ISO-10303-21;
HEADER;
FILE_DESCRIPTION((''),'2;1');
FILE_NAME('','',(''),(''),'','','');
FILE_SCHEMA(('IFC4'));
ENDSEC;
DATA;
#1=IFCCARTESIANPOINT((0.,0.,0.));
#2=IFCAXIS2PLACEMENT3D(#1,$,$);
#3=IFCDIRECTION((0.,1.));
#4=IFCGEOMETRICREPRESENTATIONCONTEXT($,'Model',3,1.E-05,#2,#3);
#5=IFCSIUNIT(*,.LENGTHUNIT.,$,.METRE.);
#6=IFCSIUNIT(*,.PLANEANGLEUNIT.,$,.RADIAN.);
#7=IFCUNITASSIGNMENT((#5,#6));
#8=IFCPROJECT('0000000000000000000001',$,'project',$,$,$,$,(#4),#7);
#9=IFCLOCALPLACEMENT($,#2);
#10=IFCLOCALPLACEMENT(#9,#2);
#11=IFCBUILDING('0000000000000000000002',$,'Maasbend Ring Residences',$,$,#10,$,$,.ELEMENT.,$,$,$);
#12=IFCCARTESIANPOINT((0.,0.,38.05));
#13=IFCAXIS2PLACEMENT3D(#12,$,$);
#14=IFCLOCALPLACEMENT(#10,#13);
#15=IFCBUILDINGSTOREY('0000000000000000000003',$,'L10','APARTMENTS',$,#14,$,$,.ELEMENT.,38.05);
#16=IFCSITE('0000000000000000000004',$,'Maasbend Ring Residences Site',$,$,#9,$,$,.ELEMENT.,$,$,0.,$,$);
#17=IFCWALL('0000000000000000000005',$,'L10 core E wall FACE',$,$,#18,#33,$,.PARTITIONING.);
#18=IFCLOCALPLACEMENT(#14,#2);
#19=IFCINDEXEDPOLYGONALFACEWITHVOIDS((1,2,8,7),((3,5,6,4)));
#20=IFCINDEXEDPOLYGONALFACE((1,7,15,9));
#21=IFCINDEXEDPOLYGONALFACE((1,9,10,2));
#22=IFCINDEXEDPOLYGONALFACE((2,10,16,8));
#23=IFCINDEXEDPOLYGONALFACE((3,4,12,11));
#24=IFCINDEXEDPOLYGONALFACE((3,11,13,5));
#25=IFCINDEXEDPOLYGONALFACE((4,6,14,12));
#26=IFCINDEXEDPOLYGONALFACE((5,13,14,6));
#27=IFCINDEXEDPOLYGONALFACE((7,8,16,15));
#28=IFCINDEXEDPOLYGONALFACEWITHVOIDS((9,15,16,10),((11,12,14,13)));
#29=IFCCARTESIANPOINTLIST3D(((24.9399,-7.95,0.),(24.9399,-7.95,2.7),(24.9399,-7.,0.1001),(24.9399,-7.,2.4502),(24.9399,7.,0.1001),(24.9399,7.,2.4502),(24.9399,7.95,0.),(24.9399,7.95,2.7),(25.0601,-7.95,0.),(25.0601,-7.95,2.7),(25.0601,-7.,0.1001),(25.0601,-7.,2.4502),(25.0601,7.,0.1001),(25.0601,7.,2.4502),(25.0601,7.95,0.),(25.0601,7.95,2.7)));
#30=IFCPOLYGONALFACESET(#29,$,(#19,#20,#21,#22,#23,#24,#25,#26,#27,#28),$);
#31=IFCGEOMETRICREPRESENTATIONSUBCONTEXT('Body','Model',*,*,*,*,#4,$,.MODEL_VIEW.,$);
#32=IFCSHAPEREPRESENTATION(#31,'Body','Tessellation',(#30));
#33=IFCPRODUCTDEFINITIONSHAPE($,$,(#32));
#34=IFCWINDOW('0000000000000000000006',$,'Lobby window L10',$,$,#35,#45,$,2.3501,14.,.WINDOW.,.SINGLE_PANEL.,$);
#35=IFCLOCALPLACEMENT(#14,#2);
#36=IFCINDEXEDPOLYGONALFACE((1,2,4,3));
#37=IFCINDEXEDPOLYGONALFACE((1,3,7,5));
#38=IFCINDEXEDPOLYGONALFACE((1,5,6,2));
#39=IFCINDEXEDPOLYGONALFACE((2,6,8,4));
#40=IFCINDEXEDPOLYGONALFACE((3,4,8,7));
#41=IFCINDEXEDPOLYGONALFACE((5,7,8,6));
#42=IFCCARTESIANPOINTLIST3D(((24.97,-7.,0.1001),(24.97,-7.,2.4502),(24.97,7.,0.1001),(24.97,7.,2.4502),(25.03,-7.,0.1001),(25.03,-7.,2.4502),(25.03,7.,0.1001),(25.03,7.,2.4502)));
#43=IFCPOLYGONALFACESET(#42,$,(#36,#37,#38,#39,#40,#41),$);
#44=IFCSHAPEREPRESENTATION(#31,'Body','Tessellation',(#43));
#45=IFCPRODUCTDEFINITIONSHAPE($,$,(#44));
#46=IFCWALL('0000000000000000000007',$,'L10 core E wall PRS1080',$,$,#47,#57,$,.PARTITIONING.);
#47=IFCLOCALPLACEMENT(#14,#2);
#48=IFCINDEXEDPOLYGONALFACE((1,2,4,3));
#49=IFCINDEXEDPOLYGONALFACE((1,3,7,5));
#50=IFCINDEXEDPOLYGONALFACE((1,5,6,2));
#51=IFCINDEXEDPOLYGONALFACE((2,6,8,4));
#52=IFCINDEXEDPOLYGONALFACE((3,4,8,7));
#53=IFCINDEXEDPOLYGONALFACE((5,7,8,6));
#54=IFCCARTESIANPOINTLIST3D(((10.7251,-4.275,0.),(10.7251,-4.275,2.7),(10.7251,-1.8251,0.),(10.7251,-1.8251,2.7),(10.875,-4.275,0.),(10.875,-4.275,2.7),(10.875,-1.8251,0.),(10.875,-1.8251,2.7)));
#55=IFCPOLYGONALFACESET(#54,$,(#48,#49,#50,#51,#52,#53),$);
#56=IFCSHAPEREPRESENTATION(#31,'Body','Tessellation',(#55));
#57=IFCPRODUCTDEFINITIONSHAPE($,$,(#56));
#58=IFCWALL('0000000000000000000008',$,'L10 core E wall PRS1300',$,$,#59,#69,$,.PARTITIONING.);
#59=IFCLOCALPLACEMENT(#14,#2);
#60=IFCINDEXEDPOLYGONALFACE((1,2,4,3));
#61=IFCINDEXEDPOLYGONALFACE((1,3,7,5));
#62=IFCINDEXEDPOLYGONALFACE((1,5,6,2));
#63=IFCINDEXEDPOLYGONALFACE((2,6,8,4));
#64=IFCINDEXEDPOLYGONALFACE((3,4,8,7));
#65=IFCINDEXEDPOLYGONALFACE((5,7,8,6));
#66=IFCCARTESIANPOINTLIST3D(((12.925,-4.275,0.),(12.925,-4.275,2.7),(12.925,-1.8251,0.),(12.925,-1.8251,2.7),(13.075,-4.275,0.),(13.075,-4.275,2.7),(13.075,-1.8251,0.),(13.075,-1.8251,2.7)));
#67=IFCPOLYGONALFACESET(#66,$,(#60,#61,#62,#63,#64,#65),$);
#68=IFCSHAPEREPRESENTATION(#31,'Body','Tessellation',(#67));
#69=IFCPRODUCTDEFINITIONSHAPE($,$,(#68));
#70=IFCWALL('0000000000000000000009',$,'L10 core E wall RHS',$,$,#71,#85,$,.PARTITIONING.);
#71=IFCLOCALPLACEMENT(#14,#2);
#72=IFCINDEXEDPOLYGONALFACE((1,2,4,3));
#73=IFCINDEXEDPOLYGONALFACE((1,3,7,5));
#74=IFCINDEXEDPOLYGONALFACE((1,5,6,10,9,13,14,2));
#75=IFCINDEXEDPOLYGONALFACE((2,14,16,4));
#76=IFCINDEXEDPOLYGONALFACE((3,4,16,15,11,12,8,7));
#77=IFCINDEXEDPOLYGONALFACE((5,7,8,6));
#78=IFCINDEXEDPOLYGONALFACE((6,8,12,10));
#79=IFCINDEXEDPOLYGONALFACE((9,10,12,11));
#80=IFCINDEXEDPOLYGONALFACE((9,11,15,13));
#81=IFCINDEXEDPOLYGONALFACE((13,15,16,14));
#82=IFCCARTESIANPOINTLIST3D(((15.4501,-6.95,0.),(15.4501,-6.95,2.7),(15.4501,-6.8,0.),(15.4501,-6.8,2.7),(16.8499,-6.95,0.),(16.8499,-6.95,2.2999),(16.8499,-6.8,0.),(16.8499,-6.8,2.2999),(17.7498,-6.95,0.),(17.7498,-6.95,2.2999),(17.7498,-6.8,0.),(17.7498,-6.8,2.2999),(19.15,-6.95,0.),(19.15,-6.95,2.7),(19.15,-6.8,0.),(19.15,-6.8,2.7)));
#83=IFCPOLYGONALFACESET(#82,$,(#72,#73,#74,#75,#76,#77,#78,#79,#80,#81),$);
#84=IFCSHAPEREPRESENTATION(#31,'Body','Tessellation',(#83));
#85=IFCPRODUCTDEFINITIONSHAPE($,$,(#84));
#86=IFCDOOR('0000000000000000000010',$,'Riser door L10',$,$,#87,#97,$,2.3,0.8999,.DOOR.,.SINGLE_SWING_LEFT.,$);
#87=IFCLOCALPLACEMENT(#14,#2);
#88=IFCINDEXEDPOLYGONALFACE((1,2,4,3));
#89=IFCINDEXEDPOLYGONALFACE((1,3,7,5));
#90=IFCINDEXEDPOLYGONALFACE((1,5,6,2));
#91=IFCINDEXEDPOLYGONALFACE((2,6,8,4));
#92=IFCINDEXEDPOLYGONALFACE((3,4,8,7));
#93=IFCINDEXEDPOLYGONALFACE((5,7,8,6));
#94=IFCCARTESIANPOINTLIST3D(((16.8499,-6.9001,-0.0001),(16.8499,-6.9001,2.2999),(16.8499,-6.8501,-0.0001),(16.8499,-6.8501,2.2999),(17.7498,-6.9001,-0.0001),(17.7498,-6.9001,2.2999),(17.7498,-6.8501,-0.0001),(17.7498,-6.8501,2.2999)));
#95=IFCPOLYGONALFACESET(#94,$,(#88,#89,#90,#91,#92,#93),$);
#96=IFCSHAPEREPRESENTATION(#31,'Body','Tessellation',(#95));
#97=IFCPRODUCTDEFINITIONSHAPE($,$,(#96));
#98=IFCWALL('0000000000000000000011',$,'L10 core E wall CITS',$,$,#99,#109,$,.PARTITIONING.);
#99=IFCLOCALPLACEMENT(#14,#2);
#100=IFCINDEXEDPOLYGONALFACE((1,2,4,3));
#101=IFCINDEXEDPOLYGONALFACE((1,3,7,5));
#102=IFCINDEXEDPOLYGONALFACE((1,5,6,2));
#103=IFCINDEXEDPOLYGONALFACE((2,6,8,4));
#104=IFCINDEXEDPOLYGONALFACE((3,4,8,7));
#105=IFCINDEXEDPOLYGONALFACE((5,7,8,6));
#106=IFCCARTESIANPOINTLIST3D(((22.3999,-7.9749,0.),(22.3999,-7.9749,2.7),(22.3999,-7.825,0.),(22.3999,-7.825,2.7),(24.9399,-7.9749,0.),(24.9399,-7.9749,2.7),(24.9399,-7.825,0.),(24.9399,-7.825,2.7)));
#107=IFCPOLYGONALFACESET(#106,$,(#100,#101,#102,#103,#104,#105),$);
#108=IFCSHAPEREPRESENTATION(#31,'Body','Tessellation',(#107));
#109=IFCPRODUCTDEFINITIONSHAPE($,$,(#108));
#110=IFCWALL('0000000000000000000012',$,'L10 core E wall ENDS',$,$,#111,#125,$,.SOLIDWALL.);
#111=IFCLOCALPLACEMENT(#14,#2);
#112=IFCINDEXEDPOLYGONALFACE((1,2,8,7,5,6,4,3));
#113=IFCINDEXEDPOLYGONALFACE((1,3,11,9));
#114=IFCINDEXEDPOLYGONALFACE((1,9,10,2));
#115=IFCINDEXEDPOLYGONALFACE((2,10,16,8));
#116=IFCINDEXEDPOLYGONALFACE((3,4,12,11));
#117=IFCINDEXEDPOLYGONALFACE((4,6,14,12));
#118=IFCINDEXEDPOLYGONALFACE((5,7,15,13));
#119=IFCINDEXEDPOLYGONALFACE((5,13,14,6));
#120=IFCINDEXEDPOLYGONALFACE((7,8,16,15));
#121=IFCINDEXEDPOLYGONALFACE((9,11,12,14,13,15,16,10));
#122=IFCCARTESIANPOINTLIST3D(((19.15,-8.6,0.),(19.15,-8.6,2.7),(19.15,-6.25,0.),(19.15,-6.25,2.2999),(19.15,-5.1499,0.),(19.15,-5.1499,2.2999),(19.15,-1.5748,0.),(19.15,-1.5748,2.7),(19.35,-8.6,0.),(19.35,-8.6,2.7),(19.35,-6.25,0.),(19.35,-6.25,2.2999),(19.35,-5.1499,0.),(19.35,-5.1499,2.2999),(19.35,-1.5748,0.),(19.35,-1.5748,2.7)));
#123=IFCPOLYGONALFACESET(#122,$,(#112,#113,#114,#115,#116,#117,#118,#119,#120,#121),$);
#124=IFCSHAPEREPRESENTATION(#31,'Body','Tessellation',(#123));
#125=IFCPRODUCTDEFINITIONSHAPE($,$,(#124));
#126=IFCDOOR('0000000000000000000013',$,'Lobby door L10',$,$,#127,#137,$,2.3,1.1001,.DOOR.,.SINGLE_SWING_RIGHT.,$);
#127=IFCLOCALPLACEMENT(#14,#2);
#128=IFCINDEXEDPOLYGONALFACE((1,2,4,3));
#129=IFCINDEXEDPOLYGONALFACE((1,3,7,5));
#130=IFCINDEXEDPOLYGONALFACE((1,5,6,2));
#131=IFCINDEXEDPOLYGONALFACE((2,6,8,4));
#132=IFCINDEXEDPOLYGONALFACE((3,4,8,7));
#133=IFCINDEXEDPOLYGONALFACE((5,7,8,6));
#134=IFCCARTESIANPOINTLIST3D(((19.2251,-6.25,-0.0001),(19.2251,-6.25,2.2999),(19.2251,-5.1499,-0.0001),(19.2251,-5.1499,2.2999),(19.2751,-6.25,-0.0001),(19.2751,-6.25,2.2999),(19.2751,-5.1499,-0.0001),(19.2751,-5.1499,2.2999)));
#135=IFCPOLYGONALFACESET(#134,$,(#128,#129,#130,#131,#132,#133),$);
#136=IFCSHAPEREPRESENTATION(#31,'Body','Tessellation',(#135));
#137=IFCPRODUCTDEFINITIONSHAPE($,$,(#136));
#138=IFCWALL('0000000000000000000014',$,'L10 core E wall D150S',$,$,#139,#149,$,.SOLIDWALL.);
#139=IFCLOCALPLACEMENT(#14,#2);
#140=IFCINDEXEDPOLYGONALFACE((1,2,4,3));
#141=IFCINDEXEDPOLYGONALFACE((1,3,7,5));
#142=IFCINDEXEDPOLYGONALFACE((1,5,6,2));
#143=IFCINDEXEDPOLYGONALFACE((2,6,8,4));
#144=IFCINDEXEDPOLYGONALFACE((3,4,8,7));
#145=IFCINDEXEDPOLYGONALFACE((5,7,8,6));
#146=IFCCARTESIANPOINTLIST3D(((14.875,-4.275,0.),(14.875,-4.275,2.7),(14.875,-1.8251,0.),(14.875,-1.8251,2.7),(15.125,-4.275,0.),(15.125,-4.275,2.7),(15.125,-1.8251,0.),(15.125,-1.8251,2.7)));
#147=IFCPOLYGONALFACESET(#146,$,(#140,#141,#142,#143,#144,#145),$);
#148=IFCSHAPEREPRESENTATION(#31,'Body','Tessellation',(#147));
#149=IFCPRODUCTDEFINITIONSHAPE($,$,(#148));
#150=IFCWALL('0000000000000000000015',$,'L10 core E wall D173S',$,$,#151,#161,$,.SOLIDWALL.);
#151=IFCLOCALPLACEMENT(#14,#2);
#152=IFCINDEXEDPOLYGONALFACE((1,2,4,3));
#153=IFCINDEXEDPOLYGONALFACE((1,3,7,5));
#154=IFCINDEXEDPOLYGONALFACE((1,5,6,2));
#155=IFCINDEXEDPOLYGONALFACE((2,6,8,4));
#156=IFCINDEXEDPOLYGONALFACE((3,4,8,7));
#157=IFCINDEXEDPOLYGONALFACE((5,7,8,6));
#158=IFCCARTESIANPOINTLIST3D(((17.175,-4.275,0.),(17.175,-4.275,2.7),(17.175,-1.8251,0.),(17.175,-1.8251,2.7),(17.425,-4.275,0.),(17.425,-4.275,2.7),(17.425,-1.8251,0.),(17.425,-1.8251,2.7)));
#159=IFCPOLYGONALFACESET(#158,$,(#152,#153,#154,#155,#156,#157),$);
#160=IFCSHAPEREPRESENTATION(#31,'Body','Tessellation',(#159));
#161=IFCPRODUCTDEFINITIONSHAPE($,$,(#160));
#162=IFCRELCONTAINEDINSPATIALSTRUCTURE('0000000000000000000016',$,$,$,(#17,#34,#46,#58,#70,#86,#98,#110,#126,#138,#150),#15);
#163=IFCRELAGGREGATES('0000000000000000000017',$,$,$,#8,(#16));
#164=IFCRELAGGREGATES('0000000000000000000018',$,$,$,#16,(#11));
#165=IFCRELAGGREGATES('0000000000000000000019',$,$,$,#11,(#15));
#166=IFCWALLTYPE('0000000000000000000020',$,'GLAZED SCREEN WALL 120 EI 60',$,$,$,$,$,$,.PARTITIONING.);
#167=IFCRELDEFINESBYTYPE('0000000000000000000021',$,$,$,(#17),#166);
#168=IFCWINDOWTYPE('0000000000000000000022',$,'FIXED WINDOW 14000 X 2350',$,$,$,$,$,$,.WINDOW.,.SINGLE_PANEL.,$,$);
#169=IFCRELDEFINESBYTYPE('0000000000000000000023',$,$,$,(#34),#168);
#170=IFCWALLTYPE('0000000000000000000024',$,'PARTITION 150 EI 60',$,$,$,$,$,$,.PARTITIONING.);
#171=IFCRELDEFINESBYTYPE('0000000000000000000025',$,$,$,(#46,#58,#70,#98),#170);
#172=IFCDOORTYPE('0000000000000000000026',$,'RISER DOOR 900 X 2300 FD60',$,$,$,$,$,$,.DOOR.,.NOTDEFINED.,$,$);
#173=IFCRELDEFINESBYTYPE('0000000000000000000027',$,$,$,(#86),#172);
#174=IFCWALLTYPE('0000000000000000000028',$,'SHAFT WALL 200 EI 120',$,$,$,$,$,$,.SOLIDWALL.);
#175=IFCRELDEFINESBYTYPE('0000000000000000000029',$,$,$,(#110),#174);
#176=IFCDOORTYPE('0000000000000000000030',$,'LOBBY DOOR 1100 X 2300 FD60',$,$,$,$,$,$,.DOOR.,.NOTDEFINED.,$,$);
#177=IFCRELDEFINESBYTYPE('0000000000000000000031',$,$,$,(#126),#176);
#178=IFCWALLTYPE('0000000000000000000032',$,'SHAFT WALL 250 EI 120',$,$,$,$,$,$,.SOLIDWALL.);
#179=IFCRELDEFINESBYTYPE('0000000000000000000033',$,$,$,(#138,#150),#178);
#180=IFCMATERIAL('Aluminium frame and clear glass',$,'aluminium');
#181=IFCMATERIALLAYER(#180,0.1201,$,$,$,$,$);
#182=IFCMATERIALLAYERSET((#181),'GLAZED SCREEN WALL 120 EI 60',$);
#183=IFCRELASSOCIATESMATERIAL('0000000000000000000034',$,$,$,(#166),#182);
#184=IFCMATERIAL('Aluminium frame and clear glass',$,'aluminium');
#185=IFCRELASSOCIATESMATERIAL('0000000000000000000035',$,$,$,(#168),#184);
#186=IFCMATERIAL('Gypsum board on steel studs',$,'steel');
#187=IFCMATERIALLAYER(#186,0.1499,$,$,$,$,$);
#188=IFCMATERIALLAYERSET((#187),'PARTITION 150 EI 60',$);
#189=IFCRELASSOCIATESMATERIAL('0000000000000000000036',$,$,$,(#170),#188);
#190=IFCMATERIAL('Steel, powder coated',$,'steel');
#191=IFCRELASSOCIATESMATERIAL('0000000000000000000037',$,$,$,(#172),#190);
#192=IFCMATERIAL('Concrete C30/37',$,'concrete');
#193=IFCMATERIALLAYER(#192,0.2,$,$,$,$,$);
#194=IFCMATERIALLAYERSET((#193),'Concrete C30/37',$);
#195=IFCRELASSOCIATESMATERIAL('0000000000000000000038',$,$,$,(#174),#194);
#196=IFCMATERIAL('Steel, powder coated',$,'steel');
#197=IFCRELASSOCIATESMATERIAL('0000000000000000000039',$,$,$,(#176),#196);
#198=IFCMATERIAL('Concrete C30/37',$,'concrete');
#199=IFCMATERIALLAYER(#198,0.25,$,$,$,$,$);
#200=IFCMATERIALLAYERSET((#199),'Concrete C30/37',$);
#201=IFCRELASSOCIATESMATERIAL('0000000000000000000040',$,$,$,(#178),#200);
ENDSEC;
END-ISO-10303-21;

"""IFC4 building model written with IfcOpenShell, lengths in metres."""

from ifc_helpers import new_model, si_unit, direction, frame, frame_2d, origin, place, context, subcontext, project, spatial, rectangle, extrude, material, layer, layer_set, type_object, element, fill, save


model = new_model("IFC4")

# Units and contexts
model_context = context("Model", 3, precision=1e-05, world=origin(), true_north=direction((0.0, 1.0)))
body_context = subcontext(model_context, "Body", "Model", "MODEL_VIEW")
ifc_project = project(units=[si_unit("LENGTHUNIT", "METRE"), si_unit("PLANEANGLEUNIT", "RADIAN")], contexts=[model_context])

# Site, building, storey
site_placement = place(None, origin())
site = spatial("IfcSite", under=ifc_project, at=site_placement, Name="Maasbend Ring Residences Site", CompositionType="ELEMENT", RefElevation=0.0)
building_placement = place(site_placement, origin())
building = spatial("IfcBuilding", under=site, at=building_placement, Name="Maasbend Ring Residences", CompositionType="ELEMENT")
storey_placement = place(building_placement, frame((0.0, 0.0, 38.05)))
storey = spatial("IfcBuildingStorey", under=building, at=storey_placement, Name="L10", Description="APARTMENTS", CompositionType="ELEMENT", Elevation=38.05)

# Wall, opening, window
ifc_material_1 = material(Name="Aluminium frame and clear glass", Category="aluminium")
ifc_layer_1 = layer(ifc_material_1, 0.1201)
ifc_layer_set_1 = layer_set([ifc_layer_1], Name="GLAZED SCREEN WALL 120 EI 60")
wall_type_1 = type_object("IfcWallType", Name="GLAZED SCREEN WALL 120 EI 60", PredefinedType="PARTITIONING", material=ifc_layer_set_1)
wall_1_placement = place(storey_placement, frame((25.0, -7.95, 0.0), z_axis=(0.0, 0.0, 1.0), x_axis=(0.0, 1.0, 0.0)))
wall_1 = element("IfcWall", 1, at=wall_1_placement, inside=storey, type_object=wall_type_1, Name="L10 core E wall FACE", PredefinedType="PARTITIONING", context=body_context, shape_type="SweptSolid", body=[
    extrude(rectangle(XDim=15.8999, YDim=0.1201, at=frame_2d((7.95, 0.0))), origin(), (0.0, 0.0, 1.0), 2.7),
])
opening_1_placement = place(wall_1_placement, frame((0.95, 0.0, 0.1001)))
opening_1 = element("IfcOpeningElement", 2, at=opening_1_placement, cuts=wall_1, PredefinedType="OPENING", context=body_context, shape_type="SweptSolid", body=[
    extrude(rectangle(XDim=14.0, YDim=2.3501, at=frame_2d((7.0, 1.175))), frame((0.0, 0.0701, 0.0), z_axis=(0.0, -1.0, 0.0), x_axis=(1.0, 0.0, 0.0)), (0.0, 0.0, 1.0), 0.1401),
])
ifc_material_2 = material(Name="Aluminium frame and clear glass", Category="aluminium")
window_type = type_object("IfcWindowType", Name="FIXED WINDOW 14000 X 2350", PartitioningType="SINGLE_PANEL", PredefinedType="WINDOW", material=ifc_material_2)
window_placement = place(opening_1_placement, origin())
window = element("IfcWindow", 3, at=window_placement, inside=storey, type_object=window_type, Name="Lobby window L10", OverallHeight=2.3501, OverallWidth=14.0, PartitioningType="SINGLE_PANEL", PredefinedType="WINDOW", context=body_context, shape_type="SweptSolid", body=[
    extrude(rectangle(XDim=14.0, YDim=2.3501, at=frame_2d((7.0, 1.175))), frame((0.0, 0.03, 0.0), z_axis=(0.0, -1.0, 0.0), x_axis=(1.0, 0.0, 0.0)), (0.0, 0.0, 1.0), 0.0601),
])
fill(opening_1, window)

# Walls
ifc_material_3 = material(Name="Gypsum board on steel studs", Category="steel")
ifc_layer_2 = layer(ifc_material_3, 0.1499)
ifc_layer_set_2 = layer_set([ifc_layer_2], Name="PARTITION 150 EI 60")
wall_type_2 = type_object("IfcWallType", Name="PARTITION 150 EI 60", PredefinedType="PARTITIONING", material=ifc_layer_set_2)
for number, where, z_axis, x_axis, name in (
    (4, (10.8, -1.825, 0.0), (0.0, 0.0, 1.0), (0.0, -1.0, 0.0), "L10 core E wall PRS1080"),
    (5, (13.0, -1.825, 0.0), (0.0, 0.0, 1.0), (0.0, -1.0, 0.0), "L10 core E wall PRS1300"),
):
    element("IfcWall", number, at=place(storey_placement, frame(where, z_axis=z_axis, x_axis=x_axis)), inside=storey, type_object=wall_type_2, Name=name, PredefinedType="PARTITIONING", context=body_context, shape_type="SweptSolid", body=[
        extrude(rectangle(XDim=2.45, YDim=0.1499, at=frame_2d((1.2251, 0.0))), origin(), (0.0, 0.0, 1.0), 2.7),
    ])

# Wall, opening, door
wall_2_placement = place(storey_placement, frame((15.45, -6.875, 0.0), z_axis=(0.0, 0.0, 1.0), x_axis=(1.0, 0.0, 0.0)))
wall_2 = element("IfcWall", 6, at=wall_2_placement, inside=storey, type_object=wall_type_2, Name="L10 core E wall RHS", PredefinedType="PARTITIONING", context=body_context, shape_type="SweptSolid", body=[
    extrude(rectangle(XDim=3.7, YDim=0.1499, at=frame_2d((1.8501, 0.0))), origin(), (0.0, 0.0, 1.0), 2.7),
])
opening_2_placement = place(wall_2_placement, frame((1.3999, 0.0, 0.0)))
opening_2 = element("IfcOpeningElement", 7, at=opening_2_placement, cuts=wall_2, PredefinedType="OPENING", context=body_context, shape_type="SweptSolid", body=[
    extrude(rectangle(XDim=0.8999, YDim=2.3, at=frame_2d((0.45, 1.1499))), frame((0.0, 0.085, 0.0), z_axis=(0.0, -1.0, 0.0), x_axis=(1.0, 0.0, 0.0)), (0.0, 0.0, 1.0), 0.1699),
])
ifc_material_4 = material(Name="Steel, powder coated", Category="steel")
door_type_1 = type_object("IfcDoorType", Name="RISER DOOR 900 X 2300 FD60", OperationType="NOTDEFINED", PredefinedType="DOOR", material=ifc_material_4)
door_1_placement = place(opening_2_placement, origin())
door_1 = element("IfcDoor", 8, at=door_1_placement, inside=storey, type_object=door_type_1, Name="Riser door L10", OperationType="SINGLE_SWING_LEFT", OverallHeight=2.3, OverallWidth=0.8999, PredefinedType="DOOR", context=body_context, shape_type="SweptSolid", body=[
    extrude(rectangle(XDim=0.8999, YDim=2.3, at=frame_2d((0.45, 1.1499))), frame((0.0, 0.0249, 0.0), z_axis=(0.0, -1.0, 0.0), x_axis=(1.0, 0.0, 0.0)), (0.0, 0.0, 1.0), 0.05),
])
fill(opening_2, door_1)

# Wall
wall_3_placement = place(storey_placement, frame((22.3999, -7.8999, 0.0), z_axis=(0.0, 0.0, 1.0), x_axis=(1.0, 0.0, 0.0)))
element("IfcWall", 9, at=wall_3_placement, inside=storey, type_object=wall_type_2, Name="L10 core E wall CITS", PredefinedType="PARTITIONING", context=body_context, shape_type="SweptSolid", body=[
    extrude(rectangle(XDim=2.54, YDim=0.1499, at=frame_2d((1.27, 0.0))), origin(), (0.0, 0.0, 1.0), 2.7),
])

# Wall, opening, door
ifc_material_5 = material(Name="Concrete C30/37", Category="concrete")
ifc_layer_3 = layer(ifc_material_5, 0.2)
ifc_layer_set_3 = layer_set([ifc_layer_3], Name="Concrete C30/37")
wall_type_3 = type_object("IfcWallType", Name="SHAFT WALL 200 EI 120", PredefinedType="SOLIDWALL", material=ifc_layer_set_3)
wall_4_placement = place(storey_placement, frame((19.25, -8.6001, 0.0), z_axis=(0.0, 0.0, 1.0), x_axis=(0.0, 1.0, 0.0)))
wall_4 = element("IfcWall", 10, at=wall_4_placement, inside=storey, type_object=wall_type_3, Name="L10 core E wall ENDS", PredefinedType="SOLIDWALL", context=body_context, shape_type="SweptSolid", body=[
    extrude(rectangle(XDim=7.0251, YDim=0.2, at=frame_2d((3.5127, 0.0))), origin(), (0.0, 0.0, 1.0), 2.7),
])
opening_3_placement = place(wall_4_placement, frame((2.3501, 0.0, 0.0)))
opening_3 = element("IfcOpeningElement", 11, at=opening_3_placement, cuts=wall_4, PredefinedType="OPENING", context=body_context, shape_type="SweptSolid", body=[
    extrude(rectangle(XDim=1.1001, YDim=2.3, at=frame_2d((0.55, 1.1499))), frame((0.0, 0.1099, 0.0), z_axis=(0.0, -1.0, 0.0), x_axis=(1.0, 0.0, 0.0)), (0.0, 0.0, 1.0), 0.22),
])
ifc_material_6 = material(Name="Steel, powder coated", Category="steel")
door_type_2 = type_object("IfcDoorType", Name="LOBBY DOOR 1100 X 2300 FD60", OperationType="NOTDEFINED", PredefinedType="DOOR", material=ifc_material_6)
door_2_placement = place(opening_3_placement, origin())
door_2 = element("IfcDoor", 12, at=door_2_placement, inside=storey, type_object=door_type_2, Name="Lobby door L10", OperationType="SINGLE_SWING_RIGHT", OverallHeight=2.3, OverallWidth=1.1001, PredefinedType="DOOR", context=body_context, shape_type="SweptSolid", body=[
    extrude(rectangle(XDim=1.1001, YDim=2.3, at=frame_2d((0.55, 1.1499))), frame((0.0, 0.0249, 0.0), z_axis=(0.0, -1.0, 0.0), x_axis=(1.0, 0.0, 0.0)), (0.0, 0.0, 1.0), 0.05),
])
fill(opening_3, door_2)

# Walls
ifc_material_7 = material(Name="Concrete C30/37", Category="concrete")
ifc_layer_4 = layer(ifc_material_7, 0.25)
ifc_layer_set_4 = layer_set([ifc_layer_4], Name="Concrete C30/37")
wall_type_4 = type_object("IfcWallType", Name="SHAFT WALL 250 EI 120", PredefinedType="SOLIDWALL", material=ifc_layer_set_4)
for number, where, z_axis, x_axis, name in (
    (13, (15.0, -1.825, 0.0), (0.0, 0.0, 1.0), (0.0, -1.0, 0.0), "L10 core E wall D150S"),
    (14, (17.3, -1.825, 0.0), (0.0, 0.0, 1.0), (0.0, -1.0, 0.0), "L10 core E wall D173S"),
):
    element("IfcWall", number, at=place(storey_placement, frame(where, z_axis=z_axis, x_axis=x_axis)), inside=storey, type_object=wall_type_4, Name=name, PredefinedType="SOLIDWALL", context=body_context, shape_type="SweptSolid", body=[
        extrude(rectangle(XDim=2.45, YDim=0.25, at=frame_2d((1.2251, 0.0))), origin(), (0.0, 0.0, 1.0), 2.7),
    ])

save(model, "model.ifc")
